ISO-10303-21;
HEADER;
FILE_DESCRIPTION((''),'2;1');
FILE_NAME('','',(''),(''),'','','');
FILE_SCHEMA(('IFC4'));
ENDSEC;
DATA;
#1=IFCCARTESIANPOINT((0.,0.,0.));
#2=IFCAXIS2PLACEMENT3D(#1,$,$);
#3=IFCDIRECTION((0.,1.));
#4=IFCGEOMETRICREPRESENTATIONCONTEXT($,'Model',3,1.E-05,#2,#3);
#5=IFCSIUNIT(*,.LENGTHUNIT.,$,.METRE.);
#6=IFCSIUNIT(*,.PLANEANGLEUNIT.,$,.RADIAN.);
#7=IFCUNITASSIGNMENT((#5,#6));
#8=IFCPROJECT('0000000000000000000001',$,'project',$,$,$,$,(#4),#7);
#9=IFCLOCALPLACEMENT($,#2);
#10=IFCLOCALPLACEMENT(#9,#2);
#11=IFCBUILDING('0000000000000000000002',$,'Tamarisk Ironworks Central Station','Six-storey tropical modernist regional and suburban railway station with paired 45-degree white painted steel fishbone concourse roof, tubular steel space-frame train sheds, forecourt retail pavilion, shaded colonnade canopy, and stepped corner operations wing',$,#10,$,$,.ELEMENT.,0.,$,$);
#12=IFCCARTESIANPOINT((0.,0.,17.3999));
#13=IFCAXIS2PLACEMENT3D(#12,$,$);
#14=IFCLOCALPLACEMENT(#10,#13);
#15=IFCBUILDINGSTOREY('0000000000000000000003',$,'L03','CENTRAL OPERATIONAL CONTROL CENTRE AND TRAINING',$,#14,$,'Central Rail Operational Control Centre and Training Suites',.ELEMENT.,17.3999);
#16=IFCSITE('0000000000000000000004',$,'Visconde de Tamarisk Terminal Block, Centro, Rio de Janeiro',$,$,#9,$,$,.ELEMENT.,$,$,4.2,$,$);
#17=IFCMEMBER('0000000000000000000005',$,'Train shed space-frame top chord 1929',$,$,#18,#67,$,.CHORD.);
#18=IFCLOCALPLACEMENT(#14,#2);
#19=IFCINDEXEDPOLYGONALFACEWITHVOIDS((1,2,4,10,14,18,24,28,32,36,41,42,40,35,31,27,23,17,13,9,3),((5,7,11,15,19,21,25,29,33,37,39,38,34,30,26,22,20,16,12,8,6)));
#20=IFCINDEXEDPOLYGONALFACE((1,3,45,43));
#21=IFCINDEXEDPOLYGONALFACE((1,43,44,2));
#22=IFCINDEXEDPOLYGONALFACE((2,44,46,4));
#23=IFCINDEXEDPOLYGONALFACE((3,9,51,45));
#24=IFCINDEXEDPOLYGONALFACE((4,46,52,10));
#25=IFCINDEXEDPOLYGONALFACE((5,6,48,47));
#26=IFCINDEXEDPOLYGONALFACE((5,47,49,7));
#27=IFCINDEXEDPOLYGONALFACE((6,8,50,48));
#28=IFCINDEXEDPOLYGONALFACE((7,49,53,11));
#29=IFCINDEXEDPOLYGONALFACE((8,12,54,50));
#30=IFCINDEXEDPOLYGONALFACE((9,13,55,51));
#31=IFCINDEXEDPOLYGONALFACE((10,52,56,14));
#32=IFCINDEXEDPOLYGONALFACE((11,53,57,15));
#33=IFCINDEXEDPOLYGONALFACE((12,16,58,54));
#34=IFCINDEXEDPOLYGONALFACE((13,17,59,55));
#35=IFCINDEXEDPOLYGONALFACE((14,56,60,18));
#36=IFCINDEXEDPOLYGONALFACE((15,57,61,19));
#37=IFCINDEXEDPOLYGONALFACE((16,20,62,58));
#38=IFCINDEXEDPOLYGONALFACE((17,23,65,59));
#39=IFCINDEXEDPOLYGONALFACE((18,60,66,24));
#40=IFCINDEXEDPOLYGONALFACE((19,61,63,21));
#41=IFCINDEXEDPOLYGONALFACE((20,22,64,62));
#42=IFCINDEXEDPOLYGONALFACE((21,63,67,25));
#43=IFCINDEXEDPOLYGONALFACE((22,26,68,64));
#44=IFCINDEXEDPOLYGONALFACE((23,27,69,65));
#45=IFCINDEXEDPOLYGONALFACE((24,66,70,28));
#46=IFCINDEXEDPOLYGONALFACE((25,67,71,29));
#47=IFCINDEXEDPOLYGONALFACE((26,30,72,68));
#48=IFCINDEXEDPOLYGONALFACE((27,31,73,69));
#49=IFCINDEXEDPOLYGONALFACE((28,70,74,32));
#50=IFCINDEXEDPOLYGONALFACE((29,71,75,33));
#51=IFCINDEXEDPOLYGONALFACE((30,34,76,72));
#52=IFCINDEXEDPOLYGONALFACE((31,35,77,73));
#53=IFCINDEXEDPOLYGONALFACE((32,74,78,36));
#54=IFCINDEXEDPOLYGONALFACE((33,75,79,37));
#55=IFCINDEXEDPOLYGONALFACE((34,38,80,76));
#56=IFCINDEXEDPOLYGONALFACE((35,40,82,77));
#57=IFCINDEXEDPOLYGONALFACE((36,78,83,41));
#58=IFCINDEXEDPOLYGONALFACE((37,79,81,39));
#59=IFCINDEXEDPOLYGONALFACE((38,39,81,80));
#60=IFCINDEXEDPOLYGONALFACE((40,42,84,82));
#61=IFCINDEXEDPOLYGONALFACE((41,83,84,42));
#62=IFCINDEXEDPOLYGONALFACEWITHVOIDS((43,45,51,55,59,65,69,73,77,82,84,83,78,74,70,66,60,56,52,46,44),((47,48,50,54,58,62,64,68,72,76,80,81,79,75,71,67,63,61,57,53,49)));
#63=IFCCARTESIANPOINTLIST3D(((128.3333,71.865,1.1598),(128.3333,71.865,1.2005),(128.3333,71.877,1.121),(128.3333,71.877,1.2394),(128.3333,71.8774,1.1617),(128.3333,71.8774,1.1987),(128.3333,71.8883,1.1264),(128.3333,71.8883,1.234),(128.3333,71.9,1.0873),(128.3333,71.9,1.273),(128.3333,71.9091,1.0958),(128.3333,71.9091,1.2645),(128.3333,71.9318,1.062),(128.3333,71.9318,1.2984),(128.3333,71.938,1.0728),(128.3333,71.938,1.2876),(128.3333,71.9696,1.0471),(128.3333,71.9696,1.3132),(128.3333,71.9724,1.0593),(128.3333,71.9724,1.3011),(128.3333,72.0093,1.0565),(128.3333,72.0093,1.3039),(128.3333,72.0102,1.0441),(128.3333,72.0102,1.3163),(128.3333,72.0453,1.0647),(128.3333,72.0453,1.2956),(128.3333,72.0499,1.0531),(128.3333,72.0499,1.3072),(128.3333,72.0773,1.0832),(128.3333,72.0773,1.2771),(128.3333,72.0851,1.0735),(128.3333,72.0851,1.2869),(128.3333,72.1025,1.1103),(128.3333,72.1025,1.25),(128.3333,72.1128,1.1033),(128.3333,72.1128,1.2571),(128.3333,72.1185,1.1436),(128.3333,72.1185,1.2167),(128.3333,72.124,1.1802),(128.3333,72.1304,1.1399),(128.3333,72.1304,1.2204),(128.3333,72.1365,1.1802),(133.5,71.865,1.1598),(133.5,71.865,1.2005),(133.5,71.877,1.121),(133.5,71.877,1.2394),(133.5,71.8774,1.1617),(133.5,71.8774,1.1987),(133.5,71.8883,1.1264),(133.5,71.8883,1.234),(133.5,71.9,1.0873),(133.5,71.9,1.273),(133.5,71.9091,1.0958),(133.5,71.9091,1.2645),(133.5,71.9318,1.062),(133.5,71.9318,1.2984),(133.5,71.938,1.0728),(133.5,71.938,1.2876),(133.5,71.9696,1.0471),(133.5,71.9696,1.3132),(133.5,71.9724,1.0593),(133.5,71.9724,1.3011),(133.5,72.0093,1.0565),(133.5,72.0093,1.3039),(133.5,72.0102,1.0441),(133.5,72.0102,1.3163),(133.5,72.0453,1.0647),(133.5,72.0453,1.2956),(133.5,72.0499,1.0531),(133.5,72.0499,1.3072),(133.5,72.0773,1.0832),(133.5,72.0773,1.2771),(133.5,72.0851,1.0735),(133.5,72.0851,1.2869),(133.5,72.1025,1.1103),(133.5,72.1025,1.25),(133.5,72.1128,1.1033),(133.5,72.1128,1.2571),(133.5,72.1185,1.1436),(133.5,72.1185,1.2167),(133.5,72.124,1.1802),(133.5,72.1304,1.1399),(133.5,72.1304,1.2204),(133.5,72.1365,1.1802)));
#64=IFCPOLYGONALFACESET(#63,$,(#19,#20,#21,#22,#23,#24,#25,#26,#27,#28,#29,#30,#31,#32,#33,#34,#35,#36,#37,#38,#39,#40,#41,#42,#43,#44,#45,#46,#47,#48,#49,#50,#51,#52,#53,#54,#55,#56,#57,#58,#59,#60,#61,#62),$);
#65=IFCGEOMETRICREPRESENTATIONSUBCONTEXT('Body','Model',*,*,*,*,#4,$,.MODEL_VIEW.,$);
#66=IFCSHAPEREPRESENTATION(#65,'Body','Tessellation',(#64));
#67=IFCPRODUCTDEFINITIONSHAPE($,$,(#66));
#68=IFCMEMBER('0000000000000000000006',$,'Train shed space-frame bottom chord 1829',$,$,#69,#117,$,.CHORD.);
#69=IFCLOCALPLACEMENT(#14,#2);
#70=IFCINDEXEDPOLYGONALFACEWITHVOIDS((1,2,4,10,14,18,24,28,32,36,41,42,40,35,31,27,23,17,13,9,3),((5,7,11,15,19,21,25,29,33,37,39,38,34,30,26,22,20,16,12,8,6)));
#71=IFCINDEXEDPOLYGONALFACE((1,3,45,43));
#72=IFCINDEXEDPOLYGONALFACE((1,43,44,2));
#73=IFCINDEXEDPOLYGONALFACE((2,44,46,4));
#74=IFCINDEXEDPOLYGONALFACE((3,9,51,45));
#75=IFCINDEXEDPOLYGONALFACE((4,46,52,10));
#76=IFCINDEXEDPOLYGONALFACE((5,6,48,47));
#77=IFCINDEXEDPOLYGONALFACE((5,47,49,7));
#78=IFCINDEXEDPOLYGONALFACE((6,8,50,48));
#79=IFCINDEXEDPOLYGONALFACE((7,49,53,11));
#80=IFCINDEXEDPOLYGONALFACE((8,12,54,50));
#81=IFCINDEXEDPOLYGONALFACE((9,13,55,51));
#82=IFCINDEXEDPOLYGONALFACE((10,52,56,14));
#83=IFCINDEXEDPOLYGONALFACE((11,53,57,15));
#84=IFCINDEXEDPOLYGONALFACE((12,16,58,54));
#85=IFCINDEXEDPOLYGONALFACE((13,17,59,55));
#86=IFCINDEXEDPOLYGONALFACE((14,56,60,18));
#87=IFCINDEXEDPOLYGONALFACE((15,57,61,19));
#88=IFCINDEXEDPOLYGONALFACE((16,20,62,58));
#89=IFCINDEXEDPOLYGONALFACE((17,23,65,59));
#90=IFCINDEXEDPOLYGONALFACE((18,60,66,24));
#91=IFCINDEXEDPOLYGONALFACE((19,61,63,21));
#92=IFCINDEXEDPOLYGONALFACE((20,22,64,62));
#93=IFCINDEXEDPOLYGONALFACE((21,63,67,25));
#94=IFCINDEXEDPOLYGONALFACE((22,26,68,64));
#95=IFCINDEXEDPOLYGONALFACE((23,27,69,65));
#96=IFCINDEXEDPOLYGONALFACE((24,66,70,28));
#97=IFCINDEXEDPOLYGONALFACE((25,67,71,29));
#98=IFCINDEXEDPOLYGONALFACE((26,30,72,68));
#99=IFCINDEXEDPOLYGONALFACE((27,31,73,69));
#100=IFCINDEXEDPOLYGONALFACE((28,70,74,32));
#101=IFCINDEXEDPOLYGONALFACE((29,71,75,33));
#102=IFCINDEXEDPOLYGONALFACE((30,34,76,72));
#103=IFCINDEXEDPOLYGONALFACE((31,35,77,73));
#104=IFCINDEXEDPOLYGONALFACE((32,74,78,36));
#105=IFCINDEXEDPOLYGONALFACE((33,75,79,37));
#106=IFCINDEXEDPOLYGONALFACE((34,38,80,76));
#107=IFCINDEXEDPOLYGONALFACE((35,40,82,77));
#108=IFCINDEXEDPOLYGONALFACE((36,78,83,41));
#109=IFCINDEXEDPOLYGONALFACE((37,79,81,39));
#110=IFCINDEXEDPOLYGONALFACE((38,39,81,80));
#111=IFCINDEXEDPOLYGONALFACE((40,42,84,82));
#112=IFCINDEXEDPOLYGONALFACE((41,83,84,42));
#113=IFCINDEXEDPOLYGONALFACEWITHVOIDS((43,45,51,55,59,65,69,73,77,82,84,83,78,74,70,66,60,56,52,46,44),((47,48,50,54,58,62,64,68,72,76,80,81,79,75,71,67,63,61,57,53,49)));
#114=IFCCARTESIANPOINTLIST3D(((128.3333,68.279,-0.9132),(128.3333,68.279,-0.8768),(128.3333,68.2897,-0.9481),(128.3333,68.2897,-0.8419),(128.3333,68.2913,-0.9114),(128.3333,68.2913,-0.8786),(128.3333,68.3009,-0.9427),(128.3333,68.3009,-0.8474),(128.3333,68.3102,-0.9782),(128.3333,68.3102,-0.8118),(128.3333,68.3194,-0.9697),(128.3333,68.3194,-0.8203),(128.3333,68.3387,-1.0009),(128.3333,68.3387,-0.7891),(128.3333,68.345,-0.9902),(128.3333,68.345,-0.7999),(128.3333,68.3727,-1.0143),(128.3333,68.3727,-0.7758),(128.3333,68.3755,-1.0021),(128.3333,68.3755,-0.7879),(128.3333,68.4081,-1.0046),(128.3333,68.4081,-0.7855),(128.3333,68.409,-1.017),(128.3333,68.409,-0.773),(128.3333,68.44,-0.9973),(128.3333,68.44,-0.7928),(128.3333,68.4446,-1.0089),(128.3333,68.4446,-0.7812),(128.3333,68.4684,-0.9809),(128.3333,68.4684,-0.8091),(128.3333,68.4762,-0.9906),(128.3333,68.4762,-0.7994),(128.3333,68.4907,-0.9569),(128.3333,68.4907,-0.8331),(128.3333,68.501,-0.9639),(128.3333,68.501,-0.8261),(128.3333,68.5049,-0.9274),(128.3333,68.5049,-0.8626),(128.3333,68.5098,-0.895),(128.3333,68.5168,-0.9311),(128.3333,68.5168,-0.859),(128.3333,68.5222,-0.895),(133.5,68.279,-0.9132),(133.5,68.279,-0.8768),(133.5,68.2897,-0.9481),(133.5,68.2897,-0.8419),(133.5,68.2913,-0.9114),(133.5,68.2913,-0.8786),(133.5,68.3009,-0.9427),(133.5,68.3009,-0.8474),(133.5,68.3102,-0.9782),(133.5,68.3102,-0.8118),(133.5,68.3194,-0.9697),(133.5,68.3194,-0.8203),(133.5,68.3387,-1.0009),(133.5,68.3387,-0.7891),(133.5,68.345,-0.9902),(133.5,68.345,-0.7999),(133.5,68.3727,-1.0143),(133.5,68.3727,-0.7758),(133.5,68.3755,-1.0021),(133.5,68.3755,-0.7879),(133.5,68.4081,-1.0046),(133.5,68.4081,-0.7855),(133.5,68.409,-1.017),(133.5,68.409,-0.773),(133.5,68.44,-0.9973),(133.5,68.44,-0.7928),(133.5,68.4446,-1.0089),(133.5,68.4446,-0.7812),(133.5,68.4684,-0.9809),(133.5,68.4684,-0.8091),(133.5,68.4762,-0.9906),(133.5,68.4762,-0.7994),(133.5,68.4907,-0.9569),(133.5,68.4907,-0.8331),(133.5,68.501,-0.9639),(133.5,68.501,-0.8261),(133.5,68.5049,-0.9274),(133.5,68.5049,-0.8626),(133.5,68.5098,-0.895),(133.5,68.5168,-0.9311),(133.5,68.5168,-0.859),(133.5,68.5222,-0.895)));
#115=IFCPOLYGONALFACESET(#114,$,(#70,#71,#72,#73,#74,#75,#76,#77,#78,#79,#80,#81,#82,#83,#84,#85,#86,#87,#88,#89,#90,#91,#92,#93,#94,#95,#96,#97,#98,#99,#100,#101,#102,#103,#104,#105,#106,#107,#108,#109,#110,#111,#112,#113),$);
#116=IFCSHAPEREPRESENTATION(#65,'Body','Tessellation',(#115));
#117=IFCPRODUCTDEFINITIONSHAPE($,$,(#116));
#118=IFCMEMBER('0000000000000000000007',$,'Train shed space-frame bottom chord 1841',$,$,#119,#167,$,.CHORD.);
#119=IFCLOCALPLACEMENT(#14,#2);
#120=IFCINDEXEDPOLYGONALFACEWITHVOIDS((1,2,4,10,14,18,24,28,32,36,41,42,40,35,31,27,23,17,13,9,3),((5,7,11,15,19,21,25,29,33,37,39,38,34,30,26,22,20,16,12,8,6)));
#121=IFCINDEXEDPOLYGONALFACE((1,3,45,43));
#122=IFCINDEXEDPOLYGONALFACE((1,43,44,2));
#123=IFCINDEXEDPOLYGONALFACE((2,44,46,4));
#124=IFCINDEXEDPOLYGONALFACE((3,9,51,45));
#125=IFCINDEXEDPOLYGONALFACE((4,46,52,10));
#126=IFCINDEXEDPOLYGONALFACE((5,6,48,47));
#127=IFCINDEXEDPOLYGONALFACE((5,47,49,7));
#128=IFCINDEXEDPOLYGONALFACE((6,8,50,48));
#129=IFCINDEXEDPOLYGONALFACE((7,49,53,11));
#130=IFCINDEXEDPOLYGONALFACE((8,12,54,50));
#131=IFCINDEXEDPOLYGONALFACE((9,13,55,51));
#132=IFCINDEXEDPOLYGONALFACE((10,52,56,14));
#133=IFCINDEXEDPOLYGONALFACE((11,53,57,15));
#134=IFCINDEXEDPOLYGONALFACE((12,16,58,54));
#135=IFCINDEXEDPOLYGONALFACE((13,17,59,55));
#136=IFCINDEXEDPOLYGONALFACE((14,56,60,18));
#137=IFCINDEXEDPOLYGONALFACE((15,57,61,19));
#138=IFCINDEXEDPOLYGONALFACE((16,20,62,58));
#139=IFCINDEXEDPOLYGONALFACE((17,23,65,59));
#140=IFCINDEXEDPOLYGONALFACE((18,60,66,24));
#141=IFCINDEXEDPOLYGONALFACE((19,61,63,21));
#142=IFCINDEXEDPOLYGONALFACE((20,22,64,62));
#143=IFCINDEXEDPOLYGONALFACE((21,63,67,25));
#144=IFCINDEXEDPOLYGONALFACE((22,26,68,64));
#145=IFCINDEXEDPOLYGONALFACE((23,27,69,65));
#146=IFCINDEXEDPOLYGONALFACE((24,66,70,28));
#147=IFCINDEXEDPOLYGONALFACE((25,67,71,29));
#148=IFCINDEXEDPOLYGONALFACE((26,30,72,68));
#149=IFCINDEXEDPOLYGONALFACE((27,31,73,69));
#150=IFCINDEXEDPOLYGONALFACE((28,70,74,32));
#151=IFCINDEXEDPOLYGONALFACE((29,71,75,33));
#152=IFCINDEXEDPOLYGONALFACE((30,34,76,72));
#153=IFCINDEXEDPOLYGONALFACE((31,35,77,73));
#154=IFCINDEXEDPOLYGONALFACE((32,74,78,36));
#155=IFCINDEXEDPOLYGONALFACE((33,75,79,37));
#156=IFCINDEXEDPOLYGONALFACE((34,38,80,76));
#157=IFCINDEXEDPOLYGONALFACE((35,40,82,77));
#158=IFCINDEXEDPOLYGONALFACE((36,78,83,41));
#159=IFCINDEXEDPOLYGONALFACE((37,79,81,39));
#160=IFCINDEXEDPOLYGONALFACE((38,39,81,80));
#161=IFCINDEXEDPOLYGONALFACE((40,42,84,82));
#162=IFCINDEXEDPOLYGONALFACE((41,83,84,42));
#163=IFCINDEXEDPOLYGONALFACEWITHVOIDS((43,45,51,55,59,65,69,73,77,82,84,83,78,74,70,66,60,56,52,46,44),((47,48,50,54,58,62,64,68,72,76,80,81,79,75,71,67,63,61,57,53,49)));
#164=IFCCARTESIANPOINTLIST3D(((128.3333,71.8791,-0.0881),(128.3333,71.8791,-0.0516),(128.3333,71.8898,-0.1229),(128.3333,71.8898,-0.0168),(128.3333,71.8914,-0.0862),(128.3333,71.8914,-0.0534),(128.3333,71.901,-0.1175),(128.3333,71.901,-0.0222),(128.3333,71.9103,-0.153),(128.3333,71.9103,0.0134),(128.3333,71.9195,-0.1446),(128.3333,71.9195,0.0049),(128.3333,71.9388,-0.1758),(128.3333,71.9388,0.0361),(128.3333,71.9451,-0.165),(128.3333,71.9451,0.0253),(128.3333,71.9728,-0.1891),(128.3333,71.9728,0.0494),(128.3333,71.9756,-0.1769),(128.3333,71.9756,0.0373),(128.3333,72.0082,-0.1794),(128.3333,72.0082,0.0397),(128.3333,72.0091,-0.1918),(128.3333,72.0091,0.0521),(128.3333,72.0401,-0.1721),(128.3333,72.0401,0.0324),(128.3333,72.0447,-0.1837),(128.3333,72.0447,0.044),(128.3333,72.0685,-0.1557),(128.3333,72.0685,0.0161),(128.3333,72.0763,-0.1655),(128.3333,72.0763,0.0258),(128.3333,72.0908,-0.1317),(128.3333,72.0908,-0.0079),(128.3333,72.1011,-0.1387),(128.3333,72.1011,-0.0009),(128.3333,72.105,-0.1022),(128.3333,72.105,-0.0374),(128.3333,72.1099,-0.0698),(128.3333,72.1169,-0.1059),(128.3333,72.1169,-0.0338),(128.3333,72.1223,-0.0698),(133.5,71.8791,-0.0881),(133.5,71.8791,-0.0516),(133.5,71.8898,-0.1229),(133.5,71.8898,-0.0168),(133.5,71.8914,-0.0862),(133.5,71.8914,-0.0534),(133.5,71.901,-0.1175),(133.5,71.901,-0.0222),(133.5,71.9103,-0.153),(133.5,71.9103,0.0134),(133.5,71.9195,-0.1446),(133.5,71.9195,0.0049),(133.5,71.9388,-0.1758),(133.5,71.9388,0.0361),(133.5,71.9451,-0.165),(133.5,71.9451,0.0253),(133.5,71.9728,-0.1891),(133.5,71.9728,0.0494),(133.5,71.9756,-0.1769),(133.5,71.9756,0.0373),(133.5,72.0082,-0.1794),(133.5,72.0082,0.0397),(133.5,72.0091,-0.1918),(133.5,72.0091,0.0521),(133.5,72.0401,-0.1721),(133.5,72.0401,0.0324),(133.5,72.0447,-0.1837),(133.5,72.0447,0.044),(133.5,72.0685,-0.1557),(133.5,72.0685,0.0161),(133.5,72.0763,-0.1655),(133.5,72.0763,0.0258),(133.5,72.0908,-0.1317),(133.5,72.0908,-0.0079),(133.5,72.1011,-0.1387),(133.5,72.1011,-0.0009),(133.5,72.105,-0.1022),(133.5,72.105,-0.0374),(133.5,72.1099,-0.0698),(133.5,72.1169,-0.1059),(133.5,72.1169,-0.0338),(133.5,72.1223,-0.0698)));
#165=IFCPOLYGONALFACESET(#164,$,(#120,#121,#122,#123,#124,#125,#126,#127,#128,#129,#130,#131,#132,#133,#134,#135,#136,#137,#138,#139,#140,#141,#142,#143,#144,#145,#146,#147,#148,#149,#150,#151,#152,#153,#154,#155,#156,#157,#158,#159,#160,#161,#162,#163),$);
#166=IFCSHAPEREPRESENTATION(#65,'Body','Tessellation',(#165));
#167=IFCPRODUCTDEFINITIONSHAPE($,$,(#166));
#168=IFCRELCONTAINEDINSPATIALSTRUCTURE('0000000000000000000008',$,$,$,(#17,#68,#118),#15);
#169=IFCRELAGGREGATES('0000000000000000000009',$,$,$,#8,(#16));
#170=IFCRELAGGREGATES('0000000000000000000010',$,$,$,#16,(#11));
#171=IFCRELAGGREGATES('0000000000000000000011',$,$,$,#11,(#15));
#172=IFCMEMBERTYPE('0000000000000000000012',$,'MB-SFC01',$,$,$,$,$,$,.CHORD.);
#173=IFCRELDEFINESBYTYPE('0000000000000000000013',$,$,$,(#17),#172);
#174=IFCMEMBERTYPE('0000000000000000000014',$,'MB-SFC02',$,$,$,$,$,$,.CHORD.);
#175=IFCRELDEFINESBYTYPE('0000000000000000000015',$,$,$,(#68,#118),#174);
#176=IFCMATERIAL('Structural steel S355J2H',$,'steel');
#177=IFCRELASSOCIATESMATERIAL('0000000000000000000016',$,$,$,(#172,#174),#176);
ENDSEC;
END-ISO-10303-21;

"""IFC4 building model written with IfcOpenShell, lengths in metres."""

from ifc_helpers import new_model, si_unit, direction, frame, origin, origin_2d, place, context, subcontext, project, spatial, hollow_circle, extrude, material, material_profile, profile_set, type_object, element, save


model = new_model("IFC4")

# Units and contexts
model_context = context("Model", 3, precision=1e-05, world=origin(), true_north=direction((0.0, 1.0)))
body_context = subcontext(model_context, "Body", "Model", "MODEL_VIEW")
ifc_project = project(units=[si_unit("LENGTHUNIT", "METRE"), si_unit("PLANEANGLEUNIT", "RADIAN")], contexts=[model_context])

# Site, building, storey
site_placement = place(None, origin())
site = spatial("IfcSite", under=ifc_project, at=site_placement, Name="Visconde de Tamarisk Terminal Block, Centro, Rio de Janeiro", CompositionType="ELEMENT", RefElevation=4.2)
building_placement = place(site_placement, origin())
building = spatial("IfcBuilding", under=site, at=building_placement, Name="Tamarisk Ironworks Central Station", Description="Six-storey tropical modernist regional and suburban railway station with paired 45-degree white painted steel fishbone concourse roof, tubular steel space-frame train sheds, forecourt retail pavilion, shaded colonnade canopy, and stepped corner operations wing", CompositionType="ELEMENT", ElevationOfRefHeight=0.0)
storey_placement = place(building_placement, frame((0.0, 0.0, 17.3999)))
storey = spatial("IfcBuildingStorey", under=building, at=storey_placement, Name="L03", Description="CENTRAL OPERATIONAL CONTROL CENTRE AND TRAINING", LongName="Central Rail Operational Control Centre and Training Suites", CompositionType="ELEMENT", Elevation=17.3999)

# Members
ifc_material_1 = material(Name="Structural steel S355J2H", Category="steel")
ifc_material_profile_1 = material_profile(ifc_material_1, hollow_circle(Radius=0.1365, WallThickness=0.0125, at=origin_2d()), Name="CHS 273x12.5")
ifc_profile_set_1 = profile_set([ifc_material_profile_1], Name="Structural steel S355J2H")
member_type_1 = type_object("IfcMemberType", Name="MB-SFC01", PredefinedType="CHORD", material=ifc_profile_set_1)
member_1_placement = place(storey_placement, frame((128.3333, 72.0, 1.1802), z_axis=(1.0, 0.0, 0.0), x_axis=(0.0, 1.0, 0.0)))
element("IfcMember", 1, at=member_1_placement, inside=storey, type_object=member_type_1, Name="Train shed space-frame top chord 1929", PredefinedType="CHORD", context=body_context, shape_type="SweptSolid", body=[
    extrude(hollow_circle(Radius=0.1365, WallThickness=0.0125, at=origin_2d()), origin(), (0.0, 0.0, 1.0), 5.1667),
])
ifc_material_profile_2 = material_profile(ifc_material_1, hollow_circle(Radius=0.1223, WallThickness=0.0125, at=origin_2d()), Name="CHS 244.5x12.5")
ifc_profile_set_2 = profile_set([ifc_material_profile_2], Name="Structural steel S355J2H")
member_type_2 = type_object("IfcMemberType", Name="MB-SFC02", PredefinedType="CHORD", material=ifc_profile_set_2)
for number, where, z_axis, x_axis, name in (
    (2, (128.3333, 68.3999, -0.895), (1.0, 0.0, 0.0), (0.0, 1.0, 0.0), "Train shed space-frame bottom chord 1829"),
    (3, (128.3333, 72.0, -0.0698), (1.0, 0.0, 0.0), (0.0, 1.0, 0.0), "Train shed space-frame bottom chord 1841"),
):
    element("IfcMember", number, at=place(storey_placement, frame(where, z_axis=z_axis, x_axis=x_axis)), inside=storey, type_object=member_type_2, Name=name, PredefinedType="CHORD", context=body_context, shape_type="SweptSolid", body=[
        extrude(hollow_circle(Radius=0.1223, WallThickness=0.0125, at=origin_2d()), origin(), (0.0, 0.0, 1.0), 5.1667),
    ])

save(model, "model.ifc")
